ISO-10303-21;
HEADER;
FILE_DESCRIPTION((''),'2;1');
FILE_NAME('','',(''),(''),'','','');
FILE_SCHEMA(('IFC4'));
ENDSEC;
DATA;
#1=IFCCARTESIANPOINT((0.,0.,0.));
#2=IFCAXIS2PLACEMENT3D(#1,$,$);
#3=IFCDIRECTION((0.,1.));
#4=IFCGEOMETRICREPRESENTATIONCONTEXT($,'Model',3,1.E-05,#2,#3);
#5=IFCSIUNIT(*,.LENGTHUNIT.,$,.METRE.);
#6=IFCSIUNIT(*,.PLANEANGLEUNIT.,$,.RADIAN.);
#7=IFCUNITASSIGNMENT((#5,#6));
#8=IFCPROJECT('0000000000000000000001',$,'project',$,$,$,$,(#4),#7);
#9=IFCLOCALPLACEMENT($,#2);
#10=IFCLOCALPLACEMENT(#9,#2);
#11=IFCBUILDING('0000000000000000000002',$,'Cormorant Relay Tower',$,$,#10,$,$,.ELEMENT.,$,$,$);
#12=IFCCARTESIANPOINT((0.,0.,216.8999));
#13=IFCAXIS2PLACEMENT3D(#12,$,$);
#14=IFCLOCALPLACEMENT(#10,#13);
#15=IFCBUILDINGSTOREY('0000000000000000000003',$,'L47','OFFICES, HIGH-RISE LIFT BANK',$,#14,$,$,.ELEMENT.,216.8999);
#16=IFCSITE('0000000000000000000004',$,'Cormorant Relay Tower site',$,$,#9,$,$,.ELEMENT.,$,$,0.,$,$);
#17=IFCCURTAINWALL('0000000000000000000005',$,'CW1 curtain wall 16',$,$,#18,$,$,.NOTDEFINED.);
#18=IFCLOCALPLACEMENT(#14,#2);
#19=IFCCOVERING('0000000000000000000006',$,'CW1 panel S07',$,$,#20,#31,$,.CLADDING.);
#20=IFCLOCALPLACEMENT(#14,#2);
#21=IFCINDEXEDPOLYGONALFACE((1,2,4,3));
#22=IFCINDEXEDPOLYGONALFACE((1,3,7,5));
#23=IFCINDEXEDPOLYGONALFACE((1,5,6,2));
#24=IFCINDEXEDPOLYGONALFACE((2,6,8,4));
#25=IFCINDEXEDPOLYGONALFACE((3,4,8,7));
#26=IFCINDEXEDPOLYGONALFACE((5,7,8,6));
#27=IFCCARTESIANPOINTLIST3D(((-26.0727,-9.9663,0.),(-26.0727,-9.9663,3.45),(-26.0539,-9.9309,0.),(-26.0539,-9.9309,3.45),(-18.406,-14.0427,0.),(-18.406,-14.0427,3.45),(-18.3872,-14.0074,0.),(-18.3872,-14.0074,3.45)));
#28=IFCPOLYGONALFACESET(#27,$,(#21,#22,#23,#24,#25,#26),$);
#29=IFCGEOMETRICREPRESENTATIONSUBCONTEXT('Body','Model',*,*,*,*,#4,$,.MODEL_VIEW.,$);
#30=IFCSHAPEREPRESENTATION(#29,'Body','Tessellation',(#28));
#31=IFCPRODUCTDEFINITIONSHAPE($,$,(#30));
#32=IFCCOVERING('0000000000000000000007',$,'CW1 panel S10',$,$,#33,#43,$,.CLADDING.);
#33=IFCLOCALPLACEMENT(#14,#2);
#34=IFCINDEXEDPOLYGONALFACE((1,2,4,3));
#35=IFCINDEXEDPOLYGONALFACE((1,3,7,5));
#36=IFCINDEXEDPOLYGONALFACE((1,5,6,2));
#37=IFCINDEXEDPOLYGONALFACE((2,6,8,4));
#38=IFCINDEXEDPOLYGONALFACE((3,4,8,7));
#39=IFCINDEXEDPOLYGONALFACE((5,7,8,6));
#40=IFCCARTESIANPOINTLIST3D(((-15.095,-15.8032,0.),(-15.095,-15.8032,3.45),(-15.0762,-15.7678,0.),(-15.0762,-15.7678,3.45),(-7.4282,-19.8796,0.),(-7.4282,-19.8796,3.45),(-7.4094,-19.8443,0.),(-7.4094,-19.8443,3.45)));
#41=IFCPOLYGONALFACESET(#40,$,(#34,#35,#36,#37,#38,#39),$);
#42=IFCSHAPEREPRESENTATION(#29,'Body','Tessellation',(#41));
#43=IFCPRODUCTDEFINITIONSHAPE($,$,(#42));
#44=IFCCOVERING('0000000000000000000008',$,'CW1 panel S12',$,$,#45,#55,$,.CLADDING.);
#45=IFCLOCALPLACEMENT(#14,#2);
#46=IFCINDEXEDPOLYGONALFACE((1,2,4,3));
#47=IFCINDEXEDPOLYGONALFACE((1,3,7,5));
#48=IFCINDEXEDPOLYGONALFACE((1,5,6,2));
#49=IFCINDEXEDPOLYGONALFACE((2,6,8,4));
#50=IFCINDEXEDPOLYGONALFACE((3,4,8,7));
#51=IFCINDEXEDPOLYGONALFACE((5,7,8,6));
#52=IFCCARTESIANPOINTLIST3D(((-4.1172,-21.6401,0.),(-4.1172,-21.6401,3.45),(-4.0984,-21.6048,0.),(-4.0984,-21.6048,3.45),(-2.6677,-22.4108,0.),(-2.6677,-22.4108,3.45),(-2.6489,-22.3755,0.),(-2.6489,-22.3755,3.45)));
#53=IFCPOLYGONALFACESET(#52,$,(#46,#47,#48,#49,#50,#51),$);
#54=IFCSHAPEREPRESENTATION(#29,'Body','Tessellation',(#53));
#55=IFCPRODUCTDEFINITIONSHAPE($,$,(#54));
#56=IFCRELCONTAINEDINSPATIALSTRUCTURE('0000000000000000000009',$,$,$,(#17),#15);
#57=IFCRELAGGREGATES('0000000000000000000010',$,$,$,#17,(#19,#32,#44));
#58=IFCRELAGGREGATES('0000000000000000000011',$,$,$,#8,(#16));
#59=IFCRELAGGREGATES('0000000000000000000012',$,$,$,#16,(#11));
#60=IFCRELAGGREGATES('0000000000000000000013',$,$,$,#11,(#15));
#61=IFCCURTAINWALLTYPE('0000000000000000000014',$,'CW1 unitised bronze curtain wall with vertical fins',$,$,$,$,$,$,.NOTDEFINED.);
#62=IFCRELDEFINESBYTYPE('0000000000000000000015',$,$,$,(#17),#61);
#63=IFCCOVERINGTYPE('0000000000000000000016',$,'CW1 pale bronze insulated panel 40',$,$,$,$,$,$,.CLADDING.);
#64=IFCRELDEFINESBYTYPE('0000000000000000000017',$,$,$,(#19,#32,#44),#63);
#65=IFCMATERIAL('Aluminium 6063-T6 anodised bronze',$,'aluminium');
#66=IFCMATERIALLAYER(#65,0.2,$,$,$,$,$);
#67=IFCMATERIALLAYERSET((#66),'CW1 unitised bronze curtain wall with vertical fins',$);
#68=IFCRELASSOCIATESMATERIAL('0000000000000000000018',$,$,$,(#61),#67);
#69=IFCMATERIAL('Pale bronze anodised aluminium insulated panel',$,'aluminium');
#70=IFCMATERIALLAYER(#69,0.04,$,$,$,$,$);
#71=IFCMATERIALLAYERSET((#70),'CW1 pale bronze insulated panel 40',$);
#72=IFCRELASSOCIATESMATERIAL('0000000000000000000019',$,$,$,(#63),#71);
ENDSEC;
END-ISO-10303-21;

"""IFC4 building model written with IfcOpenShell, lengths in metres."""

from ifc_helpers import new_model, si_unit, direction, frame, origin, origin_2d, place, context, subcontext, project, spatial, rectangle, extrude, material, layer, layer_set, type_object, element, aggregate, save


model = new_model("IFC4")

# Units and contexts
model_context = context("Model", 3, precision=1e-05, world=origin(), true_north=direction((0.0, 1.0)))
body_context = subcontext(model_context, "Body", "Model", "MODEL_VIEW")
ifc_project = project(units=[si_unit("LENGTHUNIT", "METRE"), si_unit("PLANEANGLEUNIT", "RADIAN")], contexts=[model_context])

# Site, building, storey
site_placement = place(None, origin())
site = spatial("IfcSite", under=ifc_project, at=site_placement, Name="Cormorant Relay Tower site", CompositionType="ELEMENT", RefElevation=0.0)
building_placement = place(site_placement, origin())
building = spatial("IfcBuilding", under=site, at=building_placement, Name="Cormorant Relay Tower", CompositionType="ELEMENT")
storey_placement = place(building_placement, frame((0.0, 0.0, 216.8999)))
storey = spatial("IfcBuildingStorey", under=building, at=storey_placement, Name="L47", Description="OFFICES, HIGH-RISE LIFT BANK", CompositionType="ELEMENT", Elevation=216.8999)

# Curtain wall
ifc_material_1 = material(Name="Aluminium 6063-T6 anodised bronze", Category="aluminium")
ifc_layer_1 = layer(ifc_material_1, 0.2)
ifc_layer_set_1 = layer_set([ifc_layer_1], Name="CW1 unitised bronze curtain wall with vertical fins")
curtain_wall_type = type_object("IfcCurtainWallType", Name="CW1 unitised bronze curtain wall with vertical fins", PredefinedType="NOTDEFINED", material=ifc_layer_set_1)
curtain_wall_placement = place(storey_placement, origin())
curtain_wall = element("IfcCurtainWall", 1, at=curtain_wall_placement, inside=storey, type_object=curtain_wall_type, Name="CW1 curtain wall 16", PredefinedType="NOTDEFINED")

# Coverings
ifc_material_2 = material(Name="Pale bronze anodised aluminium insulated panel", Category="aluminium")
ifc_layer_2 = layer(ifc_material_2, 0.04)
ifc_layer_set_2 = layer_set([ifc_layer_2], Name="CW1 pale bronze insulated panel 40")
covering_type = type_object("IfcCoveringType", Name="CW1 pale bronze insulated panel 40", PredefinedType="CLADDING", material=ifc_layer_set_2)
covering_1_placement = place(storey_placement, frame((-22.23, -11.9868, 0.0), z_axis=(0.0, 0.0, 1.0), x_axis=(0.882948, -0.469472, 0.0)))
covering_1 = element("IfcCovering", 2, at=covering_1_placement, type_object=covering_type, Name="CW1 panel S07", PredefinedType="CLADDING", context=body_context, shape_type="SweptSolid", body=[
    extrude(rectangle(XDim=8.6831, YDim=0.04, at=origin_2d()), origin(), (0.0, 0.0, 1.0), 3.45),
])
covering_2_placement = place(storey_placement, frame((-11.2522, -17.8237, 0.0), z_axis=(0.0, 0.0, 1.0), x_axis=(0.882948, -0.469472, 0.0)))
covering_2 = element("IfcCovering", 3, at=covering_2_placement, type_object=covering_type, Name="CW1 panel S10", PredefinedType="CLADDING", context=body_context, shape_type="SweptSolid", body=[
    extrude(rectangle(XDim=8.6831, YDim=0.04, at=origin_2d()), origin(), (0.0, 0.0, 1.0), 3.45),
])
covering_3_placement = place(storey_placement, frame((-3.3831, -22.0078, 0.0), z_axis=(0.0, 0.0, 1.0), x_axis=(0.882948, -0.469472, 0.0)))
covering_3 = element("IfcCovering", 4, at=covering_3_placement, type_object=covering_type, Name="CW1 panel S12", PredefinedType="CLADDING", context=body_context, shape_type="SweptSolid", body=[
    extrude(rectangle(XDim=1.6416, YDim=0.04, at=origin_2d()), origin(), (0.0, 0.0, 1.0), 3.45),
])
aggregate(curtain_wall, [covering_1, covering_2, covering_3])

save(model, "model.ifc")
